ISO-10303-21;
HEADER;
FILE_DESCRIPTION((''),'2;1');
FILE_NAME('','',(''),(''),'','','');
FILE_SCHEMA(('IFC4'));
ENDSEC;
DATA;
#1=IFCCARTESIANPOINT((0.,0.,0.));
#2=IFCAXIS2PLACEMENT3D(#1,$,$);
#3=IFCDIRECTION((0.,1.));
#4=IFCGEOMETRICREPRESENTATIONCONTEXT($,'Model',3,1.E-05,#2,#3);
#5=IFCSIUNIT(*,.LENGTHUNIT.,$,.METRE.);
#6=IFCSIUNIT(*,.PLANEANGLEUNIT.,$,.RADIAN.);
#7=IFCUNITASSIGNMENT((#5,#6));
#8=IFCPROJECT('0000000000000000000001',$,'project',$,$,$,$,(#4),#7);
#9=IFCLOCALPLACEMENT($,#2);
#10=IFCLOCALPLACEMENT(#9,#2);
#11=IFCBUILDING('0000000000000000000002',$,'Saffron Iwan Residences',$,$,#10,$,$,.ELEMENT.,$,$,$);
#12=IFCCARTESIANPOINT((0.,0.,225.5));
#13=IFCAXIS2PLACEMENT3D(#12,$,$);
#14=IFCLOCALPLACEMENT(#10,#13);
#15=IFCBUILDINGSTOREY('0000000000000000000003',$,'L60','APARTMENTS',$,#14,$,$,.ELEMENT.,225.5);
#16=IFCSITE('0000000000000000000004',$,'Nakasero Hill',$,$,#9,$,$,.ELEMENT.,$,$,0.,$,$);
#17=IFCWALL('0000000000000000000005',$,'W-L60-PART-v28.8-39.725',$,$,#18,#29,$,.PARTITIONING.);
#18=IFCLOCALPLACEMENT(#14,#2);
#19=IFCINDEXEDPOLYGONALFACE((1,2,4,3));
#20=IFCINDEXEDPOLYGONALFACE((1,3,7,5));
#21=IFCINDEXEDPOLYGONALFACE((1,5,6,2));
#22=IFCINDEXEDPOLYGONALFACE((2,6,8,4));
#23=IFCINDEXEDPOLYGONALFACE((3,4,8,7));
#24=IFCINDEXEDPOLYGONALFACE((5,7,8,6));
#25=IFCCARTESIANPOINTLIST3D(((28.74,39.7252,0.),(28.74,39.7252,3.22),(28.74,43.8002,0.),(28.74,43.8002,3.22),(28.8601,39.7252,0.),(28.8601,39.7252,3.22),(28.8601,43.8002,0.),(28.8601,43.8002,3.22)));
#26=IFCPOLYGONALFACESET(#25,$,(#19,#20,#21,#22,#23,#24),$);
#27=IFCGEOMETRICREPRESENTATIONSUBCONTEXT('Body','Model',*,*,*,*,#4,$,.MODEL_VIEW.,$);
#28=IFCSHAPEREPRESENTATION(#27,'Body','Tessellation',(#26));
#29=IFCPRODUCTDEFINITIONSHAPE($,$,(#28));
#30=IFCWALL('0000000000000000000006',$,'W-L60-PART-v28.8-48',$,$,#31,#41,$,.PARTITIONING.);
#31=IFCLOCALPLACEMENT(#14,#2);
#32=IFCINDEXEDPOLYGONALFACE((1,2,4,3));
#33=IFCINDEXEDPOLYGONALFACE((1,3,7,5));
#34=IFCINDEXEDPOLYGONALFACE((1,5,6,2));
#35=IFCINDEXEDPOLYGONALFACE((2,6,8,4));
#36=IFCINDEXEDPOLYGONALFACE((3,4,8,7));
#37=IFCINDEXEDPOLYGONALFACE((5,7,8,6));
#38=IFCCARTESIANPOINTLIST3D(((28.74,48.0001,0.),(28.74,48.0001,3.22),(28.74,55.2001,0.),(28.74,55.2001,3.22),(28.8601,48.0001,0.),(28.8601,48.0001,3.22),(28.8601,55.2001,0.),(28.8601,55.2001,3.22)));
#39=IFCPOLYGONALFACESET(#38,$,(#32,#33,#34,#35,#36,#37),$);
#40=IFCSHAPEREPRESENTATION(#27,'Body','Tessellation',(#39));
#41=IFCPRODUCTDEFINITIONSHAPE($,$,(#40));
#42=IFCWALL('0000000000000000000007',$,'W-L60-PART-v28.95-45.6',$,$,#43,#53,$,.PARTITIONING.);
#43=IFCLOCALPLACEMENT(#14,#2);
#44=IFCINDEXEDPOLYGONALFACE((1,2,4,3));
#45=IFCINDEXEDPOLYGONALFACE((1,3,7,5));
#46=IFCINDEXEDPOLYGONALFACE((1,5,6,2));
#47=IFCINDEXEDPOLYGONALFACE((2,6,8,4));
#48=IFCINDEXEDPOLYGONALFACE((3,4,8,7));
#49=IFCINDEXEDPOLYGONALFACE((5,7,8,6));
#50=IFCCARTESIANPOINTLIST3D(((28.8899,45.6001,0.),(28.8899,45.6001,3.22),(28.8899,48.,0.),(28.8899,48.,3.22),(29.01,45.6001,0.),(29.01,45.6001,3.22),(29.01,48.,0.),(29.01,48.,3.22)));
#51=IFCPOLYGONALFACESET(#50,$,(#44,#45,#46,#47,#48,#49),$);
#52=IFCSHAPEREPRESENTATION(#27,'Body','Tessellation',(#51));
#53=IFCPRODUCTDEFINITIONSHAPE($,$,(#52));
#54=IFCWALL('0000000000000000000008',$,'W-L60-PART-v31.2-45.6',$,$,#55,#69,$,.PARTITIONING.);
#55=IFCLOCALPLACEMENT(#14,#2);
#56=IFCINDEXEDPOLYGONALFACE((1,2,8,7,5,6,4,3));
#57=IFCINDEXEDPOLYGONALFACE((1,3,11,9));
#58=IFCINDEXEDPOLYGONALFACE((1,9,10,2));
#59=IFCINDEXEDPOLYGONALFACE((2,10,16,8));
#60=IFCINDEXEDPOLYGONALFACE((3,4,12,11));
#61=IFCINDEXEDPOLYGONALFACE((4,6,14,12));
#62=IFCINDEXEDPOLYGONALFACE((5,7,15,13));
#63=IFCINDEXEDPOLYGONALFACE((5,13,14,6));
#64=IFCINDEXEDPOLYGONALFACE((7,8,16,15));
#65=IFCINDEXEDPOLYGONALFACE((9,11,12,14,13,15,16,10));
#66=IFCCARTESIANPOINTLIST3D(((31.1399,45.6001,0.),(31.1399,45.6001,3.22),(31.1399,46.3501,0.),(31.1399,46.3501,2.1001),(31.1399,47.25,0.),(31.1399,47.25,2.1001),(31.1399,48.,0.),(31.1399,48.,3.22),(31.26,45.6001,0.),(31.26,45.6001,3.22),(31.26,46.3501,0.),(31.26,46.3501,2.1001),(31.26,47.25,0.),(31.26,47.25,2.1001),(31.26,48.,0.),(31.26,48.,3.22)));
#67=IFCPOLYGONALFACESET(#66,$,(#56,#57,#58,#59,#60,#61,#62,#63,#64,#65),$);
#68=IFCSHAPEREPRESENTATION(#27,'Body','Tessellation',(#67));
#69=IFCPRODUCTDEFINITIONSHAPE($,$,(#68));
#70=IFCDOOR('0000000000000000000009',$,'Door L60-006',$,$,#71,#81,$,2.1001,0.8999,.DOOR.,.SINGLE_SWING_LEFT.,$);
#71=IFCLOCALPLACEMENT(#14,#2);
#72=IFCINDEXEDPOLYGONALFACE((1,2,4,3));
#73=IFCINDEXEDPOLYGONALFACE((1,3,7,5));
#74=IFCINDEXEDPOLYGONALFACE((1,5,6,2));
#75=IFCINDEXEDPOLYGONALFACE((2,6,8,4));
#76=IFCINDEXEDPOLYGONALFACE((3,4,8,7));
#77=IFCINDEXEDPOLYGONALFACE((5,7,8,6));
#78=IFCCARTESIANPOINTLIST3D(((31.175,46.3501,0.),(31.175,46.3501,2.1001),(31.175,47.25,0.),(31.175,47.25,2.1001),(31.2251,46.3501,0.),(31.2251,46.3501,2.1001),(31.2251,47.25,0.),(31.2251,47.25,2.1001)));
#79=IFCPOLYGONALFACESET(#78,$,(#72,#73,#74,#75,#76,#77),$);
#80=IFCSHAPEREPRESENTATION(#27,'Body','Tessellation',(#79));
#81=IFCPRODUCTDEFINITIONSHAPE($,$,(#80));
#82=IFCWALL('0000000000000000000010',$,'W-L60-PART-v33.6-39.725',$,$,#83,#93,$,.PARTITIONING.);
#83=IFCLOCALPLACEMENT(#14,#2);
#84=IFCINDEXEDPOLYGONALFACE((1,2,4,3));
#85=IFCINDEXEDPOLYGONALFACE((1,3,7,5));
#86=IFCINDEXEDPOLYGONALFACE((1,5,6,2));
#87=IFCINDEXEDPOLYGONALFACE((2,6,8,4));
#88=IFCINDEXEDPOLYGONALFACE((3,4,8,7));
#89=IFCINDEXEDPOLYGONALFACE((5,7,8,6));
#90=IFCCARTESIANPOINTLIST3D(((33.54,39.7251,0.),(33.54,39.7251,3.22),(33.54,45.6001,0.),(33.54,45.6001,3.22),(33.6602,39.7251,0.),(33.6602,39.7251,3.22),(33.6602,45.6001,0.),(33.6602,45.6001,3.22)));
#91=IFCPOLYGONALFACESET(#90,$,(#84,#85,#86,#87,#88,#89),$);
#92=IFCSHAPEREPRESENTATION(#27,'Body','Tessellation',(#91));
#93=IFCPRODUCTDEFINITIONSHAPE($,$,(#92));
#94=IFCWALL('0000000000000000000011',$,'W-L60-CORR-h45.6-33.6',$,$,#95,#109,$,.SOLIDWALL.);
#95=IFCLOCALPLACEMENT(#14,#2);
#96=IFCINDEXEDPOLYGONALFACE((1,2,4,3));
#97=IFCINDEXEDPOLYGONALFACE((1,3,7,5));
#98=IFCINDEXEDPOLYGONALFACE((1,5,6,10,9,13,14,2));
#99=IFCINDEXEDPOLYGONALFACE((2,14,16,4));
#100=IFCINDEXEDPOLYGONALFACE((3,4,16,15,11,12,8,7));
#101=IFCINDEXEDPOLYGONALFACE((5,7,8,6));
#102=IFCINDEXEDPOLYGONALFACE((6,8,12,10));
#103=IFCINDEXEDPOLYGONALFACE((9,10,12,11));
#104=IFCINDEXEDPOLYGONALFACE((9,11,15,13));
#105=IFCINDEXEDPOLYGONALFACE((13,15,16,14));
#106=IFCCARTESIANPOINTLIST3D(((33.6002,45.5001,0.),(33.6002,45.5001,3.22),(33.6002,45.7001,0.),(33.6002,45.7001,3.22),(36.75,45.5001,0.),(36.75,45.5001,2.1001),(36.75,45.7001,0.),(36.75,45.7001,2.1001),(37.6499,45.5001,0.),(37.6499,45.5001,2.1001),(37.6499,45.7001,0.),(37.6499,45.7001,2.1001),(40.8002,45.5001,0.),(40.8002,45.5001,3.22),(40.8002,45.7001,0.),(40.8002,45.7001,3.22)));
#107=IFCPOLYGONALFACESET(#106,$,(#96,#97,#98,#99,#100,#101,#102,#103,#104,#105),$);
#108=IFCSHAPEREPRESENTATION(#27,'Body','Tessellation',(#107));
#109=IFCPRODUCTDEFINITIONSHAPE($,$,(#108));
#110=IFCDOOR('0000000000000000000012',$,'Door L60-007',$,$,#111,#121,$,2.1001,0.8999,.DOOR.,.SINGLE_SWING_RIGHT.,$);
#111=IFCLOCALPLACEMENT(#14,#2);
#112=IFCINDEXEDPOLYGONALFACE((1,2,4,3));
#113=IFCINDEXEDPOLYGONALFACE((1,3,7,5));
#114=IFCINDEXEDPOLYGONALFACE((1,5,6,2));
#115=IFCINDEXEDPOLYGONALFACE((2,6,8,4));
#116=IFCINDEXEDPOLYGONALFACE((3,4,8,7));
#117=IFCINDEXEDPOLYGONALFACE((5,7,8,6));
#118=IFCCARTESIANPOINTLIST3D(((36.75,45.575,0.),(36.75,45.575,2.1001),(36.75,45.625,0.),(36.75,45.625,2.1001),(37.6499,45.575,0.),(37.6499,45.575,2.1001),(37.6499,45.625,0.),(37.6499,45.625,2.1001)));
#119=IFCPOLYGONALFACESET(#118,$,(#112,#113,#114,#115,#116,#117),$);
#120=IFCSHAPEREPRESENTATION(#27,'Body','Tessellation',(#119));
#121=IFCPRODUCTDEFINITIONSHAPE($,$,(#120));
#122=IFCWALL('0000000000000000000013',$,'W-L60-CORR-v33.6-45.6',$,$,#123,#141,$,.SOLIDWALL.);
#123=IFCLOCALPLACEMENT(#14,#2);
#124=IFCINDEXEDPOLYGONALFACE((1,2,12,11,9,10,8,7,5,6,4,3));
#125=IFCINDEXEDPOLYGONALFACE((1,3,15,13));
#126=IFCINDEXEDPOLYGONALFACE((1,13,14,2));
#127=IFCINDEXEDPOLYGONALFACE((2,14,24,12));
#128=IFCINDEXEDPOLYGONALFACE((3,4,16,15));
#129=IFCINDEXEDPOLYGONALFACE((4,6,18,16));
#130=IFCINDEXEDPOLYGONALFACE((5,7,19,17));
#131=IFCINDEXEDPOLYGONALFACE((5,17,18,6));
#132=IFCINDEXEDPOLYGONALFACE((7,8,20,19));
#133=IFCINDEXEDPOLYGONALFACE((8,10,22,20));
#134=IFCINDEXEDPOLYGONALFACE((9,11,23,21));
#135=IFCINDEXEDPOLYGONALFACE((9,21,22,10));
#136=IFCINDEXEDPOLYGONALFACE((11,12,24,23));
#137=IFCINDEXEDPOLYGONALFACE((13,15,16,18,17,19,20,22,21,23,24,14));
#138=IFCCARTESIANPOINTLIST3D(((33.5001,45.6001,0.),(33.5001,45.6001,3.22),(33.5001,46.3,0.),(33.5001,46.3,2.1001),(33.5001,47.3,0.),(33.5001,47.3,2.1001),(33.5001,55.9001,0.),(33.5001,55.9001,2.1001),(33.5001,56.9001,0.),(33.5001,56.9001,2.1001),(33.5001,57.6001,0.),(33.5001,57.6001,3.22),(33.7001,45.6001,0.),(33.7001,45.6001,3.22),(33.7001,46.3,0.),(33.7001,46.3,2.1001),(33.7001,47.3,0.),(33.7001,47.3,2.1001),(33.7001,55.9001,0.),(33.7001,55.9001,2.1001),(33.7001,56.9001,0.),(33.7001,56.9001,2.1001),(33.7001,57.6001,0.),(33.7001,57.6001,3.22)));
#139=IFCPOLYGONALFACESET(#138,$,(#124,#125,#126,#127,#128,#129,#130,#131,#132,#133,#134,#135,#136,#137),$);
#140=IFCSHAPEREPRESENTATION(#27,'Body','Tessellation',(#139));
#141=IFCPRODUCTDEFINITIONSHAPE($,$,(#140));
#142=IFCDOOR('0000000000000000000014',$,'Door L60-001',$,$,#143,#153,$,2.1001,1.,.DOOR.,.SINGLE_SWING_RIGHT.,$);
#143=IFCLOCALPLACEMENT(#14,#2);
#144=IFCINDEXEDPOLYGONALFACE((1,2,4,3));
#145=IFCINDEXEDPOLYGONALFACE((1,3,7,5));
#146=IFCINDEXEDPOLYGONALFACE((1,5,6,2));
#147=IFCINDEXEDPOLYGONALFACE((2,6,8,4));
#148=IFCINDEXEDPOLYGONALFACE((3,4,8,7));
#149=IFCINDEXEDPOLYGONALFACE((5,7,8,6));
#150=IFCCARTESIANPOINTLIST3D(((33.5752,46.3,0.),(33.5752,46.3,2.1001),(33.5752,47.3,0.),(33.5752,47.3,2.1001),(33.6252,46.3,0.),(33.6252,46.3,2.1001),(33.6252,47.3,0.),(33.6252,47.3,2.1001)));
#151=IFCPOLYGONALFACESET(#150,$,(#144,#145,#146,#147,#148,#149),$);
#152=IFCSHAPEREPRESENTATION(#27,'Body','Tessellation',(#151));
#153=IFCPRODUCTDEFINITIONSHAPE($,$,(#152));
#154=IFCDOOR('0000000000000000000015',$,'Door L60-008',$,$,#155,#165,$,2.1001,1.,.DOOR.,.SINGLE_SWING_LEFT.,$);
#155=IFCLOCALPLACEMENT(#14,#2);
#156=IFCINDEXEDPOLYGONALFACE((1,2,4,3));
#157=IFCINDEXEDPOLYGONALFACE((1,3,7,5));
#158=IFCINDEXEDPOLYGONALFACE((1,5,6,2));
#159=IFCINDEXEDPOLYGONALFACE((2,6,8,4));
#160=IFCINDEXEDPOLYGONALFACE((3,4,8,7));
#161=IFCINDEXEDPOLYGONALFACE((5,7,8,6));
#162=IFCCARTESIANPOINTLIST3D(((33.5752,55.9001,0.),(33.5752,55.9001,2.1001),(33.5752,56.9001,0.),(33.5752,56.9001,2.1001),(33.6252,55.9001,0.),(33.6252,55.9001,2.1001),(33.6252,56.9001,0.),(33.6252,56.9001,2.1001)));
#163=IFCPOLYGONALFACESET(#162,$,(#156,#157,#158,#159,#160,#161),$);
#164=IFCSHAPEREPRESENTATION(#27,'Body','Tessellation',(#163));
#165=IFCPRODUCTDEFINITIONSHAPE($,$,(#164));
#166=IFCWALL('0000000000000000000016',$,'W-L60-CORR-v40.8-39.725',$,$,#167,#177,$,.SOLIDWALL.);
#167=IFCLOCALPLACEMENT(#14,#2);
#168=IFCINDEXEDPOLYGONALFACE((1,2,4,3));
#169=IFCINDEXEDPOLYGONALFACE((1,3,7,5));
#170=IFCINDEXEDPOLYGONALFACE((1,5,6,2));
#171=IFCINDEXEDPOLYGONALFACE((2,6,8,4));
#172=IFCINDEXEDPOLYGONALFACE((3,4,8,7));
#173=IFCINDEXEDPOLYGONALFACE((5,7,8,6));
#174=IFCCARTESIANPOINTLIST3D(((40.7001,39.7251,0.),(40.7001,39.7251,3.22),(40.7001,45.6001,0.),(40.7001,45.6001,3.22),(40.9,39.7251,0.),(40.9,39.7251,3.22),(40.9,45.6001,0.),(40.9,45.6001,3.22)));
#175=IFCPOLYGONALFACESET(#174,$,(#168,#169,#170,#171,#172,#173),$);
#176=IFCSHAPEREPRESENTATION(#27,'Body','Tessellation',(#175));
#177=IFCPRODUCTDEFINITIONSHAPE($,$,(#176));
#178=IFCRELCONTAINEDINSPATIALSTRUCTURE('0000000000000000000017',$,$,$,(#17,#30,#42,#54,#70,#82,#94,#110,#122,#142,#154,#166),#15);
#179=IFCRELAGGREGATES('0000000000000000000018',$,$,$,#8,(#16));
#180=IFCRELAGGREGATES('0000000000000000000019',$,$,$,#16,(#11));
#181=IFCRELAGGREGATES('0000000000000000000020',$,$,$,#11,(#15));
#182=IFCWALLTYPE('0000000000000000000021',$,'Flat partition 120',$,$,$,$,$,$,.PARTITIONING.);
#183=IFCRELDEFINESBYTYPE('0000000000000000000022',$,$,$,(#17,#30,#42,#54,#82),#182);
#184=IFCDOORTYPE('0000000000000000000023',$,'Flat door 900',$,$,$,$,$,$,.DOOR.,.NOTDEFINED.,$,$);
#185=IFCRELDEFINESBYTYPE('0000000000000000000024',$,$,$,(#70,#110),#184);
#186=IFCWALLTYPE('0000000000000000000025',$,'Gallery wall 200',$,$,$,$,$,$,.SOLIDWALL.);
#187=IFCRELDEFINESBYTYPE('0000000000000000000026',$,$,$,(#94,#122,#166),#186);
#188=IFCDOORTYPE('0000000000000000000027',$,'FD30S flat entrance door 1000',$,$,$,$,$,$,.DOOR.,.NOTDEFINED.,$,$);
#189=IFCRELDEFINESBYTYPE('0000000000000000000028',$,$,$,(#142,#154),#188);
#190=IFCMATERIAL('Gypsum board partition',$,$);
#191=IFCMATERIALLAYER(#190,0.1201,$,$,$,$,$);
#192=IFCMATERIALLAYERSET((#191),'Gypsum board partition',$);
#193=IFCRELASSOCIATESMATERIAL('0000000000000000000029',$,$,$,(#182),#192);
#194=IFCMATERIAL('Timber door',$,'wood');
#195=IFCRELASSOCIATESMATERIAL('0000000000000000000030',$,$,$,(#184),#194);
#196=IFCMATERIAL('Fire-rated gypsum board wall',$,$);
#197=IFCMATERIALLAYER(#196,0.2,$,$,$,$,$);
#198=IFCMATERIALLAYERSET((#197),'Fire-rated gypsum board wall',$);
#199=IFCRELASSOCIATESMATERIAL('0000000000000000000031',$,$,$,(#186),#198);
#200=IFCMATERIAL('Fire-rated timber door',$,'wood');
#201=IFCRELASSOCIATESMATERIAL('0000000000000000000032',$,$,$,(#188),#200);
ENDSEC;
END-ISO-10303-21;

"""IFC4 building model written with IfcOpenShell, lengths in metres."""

from ifc_helpers import new_model, si_unit, direction, frame, frame_2d, origin, place, context, subcontext, project, spatial, rectangle, extrude, material, layer, layer_set, type_object, element, fill, save


model = new_model("IFC4")

# Units and contexts
model_context = context("Model", 3, precision=1e-05, world=origin(), true_north=direction((0.0, 1.0)))
body_context = subcontext(model_context, "Body", "Model", "MODEL_VIEW")
ifc_project = project(units=[si_unit("LENGTHUNIT", "METRE"), si_unit("PLANEANGLEUNIT", "RADIAN")], contexts=[model_context])

# Site, building, storey
site_placement = place(None, origin())
site = spatial("IfcSite", under=ifc_project, at=site_placement, Name="Nakasero Hill", CompositionType="ELEMENT", RefElevation=0.0)
building_placement = place(site_placement, origin())
building = spatial("IfcBuilding", under=site, at=building_placement, Name="Saffron Iwan Residences", CompositionType="ELEMENT")
storey_placement = place(building_placement, frame((0.0, 0.0, 225.5)))
storey = spatial("IfcBuildingStorey", under=building, at=storey_placement, Name="L60", Description="APARTMENTS", CompositionType="ELEMENT", Elevation=225.5)

# Walls
ifc_material_1 = material(Name="Gypsum board partition")
ifc_layer_1 = layer(ifc_material_1, 0.1201)
ifc_layer_set_1 = layer_set([ifc_layer_1], Name="Gypsum board partition")
wall_type_1 = type_object("IfcWallType", Name="Flat partition 120", PredefinedType="PARTITIONING", material=ifc_layer_set_1)
wall_1_placement = place(storey_placement, frame((28.8, 39.7251, 0.0), z_axis=(0.0, 0.0, 1.0), x_axis=(0.0, 1.0, 0.0)))
element("IfcWall", 1, at=wall_1_placement, inside=storey, type_object=wall_type_1, Name="W-L60-PART-v28.8-39.725", PredefinedType="PARTITIONING", context=body_context, shape_type="SweptSolid", body=[
    extrude(rectangle(XDim=4.075, YDim=0.1201, at=frame_2d((2.0376, 0.0))), origin(), (0.0, 0.0, 1.0), 3.22),
])
wall_2_placement = place(storey_placement, frame((28.8, 48.0, 0.0), z_axis=(0.0, 0.0, 1.0), x_axis=(0.0, 1.0, 0.0)))
element("IfcWall", 2, at=wall_2_placement, inside=storey, type_object=wall_type_1, Name="W-L60-PART-v28.8-48", PredefinedType="PARTITIONING", context=body_context, shape_type="SweptSolid", body=[
    extrude(rectangle(XDim=7.2, YDim=0.1201, at=frame_2d((3.6001, 0.0))), origin(), (0.0, 0.0, 1.0), 3.22),
])
wall_3_placement = place(storey_placement, frame((28.95, 45.6001, 0.0), z_axis=(0.0, 0.0, 1.0), x_axis=(0.0, 1.0, 0.0)))
element("IfcWall", 3, at=wall_3_placement, inside=storey, type_object=wall_type_1, Name="W-L60-PART-v28.95-45.6", PredefinedType="PARTITIONING", context=body_context, shape_type="SweptSolid", body=[
    extrude(rectangle(XDim=2.3999, YDim=0.1201, at=frame_2d((1.2, 0.0))), origin(), (0.0, 0.0, 1.0), 3.22),
])

# Wall, opening, door
wall_4_placement = place(storey_placement, frame((31.2, 45.6001, 0.0), z_axis=(0.0, 0.0, 1.0), x_axis=(0.0, 1.0, 0.0)))
wall_4 = element("IfcWall", 4, at=wall_4_placement, inside=storey, type_object=wall_type_1, Name="W-L60-PART-v31.2-45.6", PredefinedType="PARTITIONING", context=body_context, shape_type="SweptSolid", body=[
    extrude(rectangle(XDim=2.3999, YDim=0.1201, at=frame_2d((1.2, 0.0))), origin(), (0.0, 0.0, 1.0), 3.22),
])
opening_1_placement = place(wall_4_placement, frame((0.75, 0.0, 0.0)))
opening_1 = element("IfcOpeningElement", 5, at=opening_1_placement, cuts=wall_4, PredefinedType="OPENING", context=body_context, shape_type="SweptSolid", body=[
    extrude(rectangle(XDim=0.8999, YDim=2.1001, at=frame_2d((0.45, 1.05))), frame((0.0, 0.0701, 0.0), z_axis=(0.0, -1.0, 0.0), x_axis=(1.0, 0.0, 0.0)), (0.0, 0.0, 1.0), 0.1401),
])
ifc_material_2 = material(Name="Timber door", Category="wood")
door_type_1 = type_object("IfcDoorType", Name="Flat door 900", OperationType="NOTDEFINED", PredefinedType="DOOR", material=ifc_material_2)
door_1_placement = place(opening_1_placement, origin())
door_1 = element("IfcDoor", 6, at=door_1_placement, inside=storey, type_object=door_type_1, Name="Door L60-006", OperationType="SINGLE_SWING_LEFT", OverallHeight=2.1001, OverallWidth=0.8999, PredefinedType="DOOR", context=body_context, shape_type="SweptSolid", body=[
    extrude(rectangle(XDim=0.8999, YDim=2.1001, at=frame_2d((0.45, 1.05))), frame((0.0, 0.0249, 0.0), z_axis=(0.0, -1.0, 0.0), x_axis=(1.0, 0.0, 0.0)), (0.0, 0.0, 1.0), 0.05),
])
fill(opening_1, door_1)

# Wall
wall_5_placement = place(storey_placement, frame((33.6001, 39.7251, 0.0), z_axis=(0.0, 0.0, 1.0), x_axis=(0.0, 1.0, 0.0)))
element("IfcWall", 7, at=wall_5_placement, inside=storey, type_object=wall_type_1, Name="W-L60-PART-v33.6-39.725", PredefinedType="PARTITIONING", context=body_context, shape_type="SweptSolid", body=[
    extrude(rectangle(XDim=5.875, YDim=0.1201, at=frame_2d((2.9375, 0.0))), origin(), (0.0, 0.0, 1.0), 3.22),
])

# Wall, opening, door
ifc_material_3 = material(Name="Fire-rated gypsum board wall")
ifc_layer_2 = layer(ifc_material_3, 0.2)
ifc_layer_set_2 = layer_set([ifc_layer_2], Name="Fire-rated gypsum board wall")
wall_type_2 = type_object("IfcWallType", Name="Gallery wall 200", PredefinedType="SOLIDWALL", material=ifc_layer_set_2)
wall_6_placement = place(storey_placement, frame((33.6001, 45.6001, 0.0), z_axis=(0.0, 0.0, 1.0), x_axis=(1.0, 0.0, 0.0)))
wall_6 = element("IfcWall", 8, at=wall_6_placement, inside=storey, type_object=wall_type_2, Name="W-L60-CORR-h45.6-33.6", PredefinedType="SOLIDWALL", context=body_context, shape_type="SweptSolid", body=[
    extrude(rectangle(XDim=7.2, YDim=0.2, at=frame_2d((3.6001, 0.0))), origin(), (0.0, 0.0, 1.0), 3.22),
])
opening_2_placement = place(wall_6_placement, frame((3.1499, 0.0, 0.0)))
opening_2 = element("IfcOpeningElement", 9, at=opening_2_placement, cuts=wall_6, PredefinedType="OPENING", context=body_context, shape_type="SweptSolid", body=[
    extrude(rectangle(XDim=0.8999, YDim=2.1001, at=frame_2d((0.45, 1.05))), frame((0.0, 0.1099, 0.0), z_axis=(0.0, -1.0, 0.0), x_axis=(1.0, 0.0, 0.0)), (0.0, 0.0, 1.0), 0.22),
])
door_2_placement = place(opening_2_placement, origin())
door_2 = element("IfcDoor", 10, at=door_2_placement, inside=storey, type_object=door_type_1, Name="Door L60-007", OperationType="SINGLE_SWING_RIGHT", OverallHeight=2.1001, OverallWidth=0.8999, PredefinedType="DOOR", context=body_context, shape_type="SweptSolid", body=[
    extrude(rectangle(XDim=0.8999, YDim=2.1001, at=frame_2d((0.45, 1.05))), frame((0.0, 0.0249, 0.0), z_axis=(0.0, -1.0, 0.0), x_axis=(1.0, 0.0, 0.0)), (0.0, 0.0, 1.0), 0.05),
])
fill(opening_2, door_2)

# Wall, openings, doors
wall_7_placement = place(storey_placement, frame((33.6001, 45.6001, 0.0), z_axis=(0.0, 0.0, 1.0), x_axis=(0.0, 1.0, 0.0)))
wall_7 = element("IfcWall", 11, at=wall_7_placement, inside=storey, type_object=wall_type_2, Name="W-L60-CORR-v33.6-45.6", PredefinedType="SOLIDWALL", context=body_context, shape_type="SweptSolid", body=[
    extrude(rectangle(XDim=12.0, YDim=0.2, at=frame_2d((6.0, 0.0))), origin(), (0.0, 0.0, 1.0), 3.22),
])
opening_3_placement = place(wall_7_placement, frame((0.7, 0.0, 0.0)))
opening_3 = element("IfcOpeningElement", 12, at=opening_3_placement, cuts=wall_7, PredefinedType="OPENING", context=body_context, shape_type="SweptSolid", body=[
    extrude(rectangle(XDim=1.0, YDim=2.1001, at=frame_2d((0.5, 1.05))), frame((0.0, 0.1099, 0.0), z_axis=(0.0, -1.0, 0.0), x_axis=(1.0, 0.0, 0.0)), (0.0, 0.0, 1.0), 0.22),
])
opening_4_placement = place(wall_7_placement, frame((10.3, 0.0, 0.0)))
opening_4 = element("IfcOpeningElement", 13, at=opening_4_placement, cuts=wall_7, PredefinedType="OPENING", context=body_context, shape_type="SweptSolid", body=[
    extrude(rectangle(XDim=1.0, YDim=2.1001, at=frame_2d((0.5, 1.05))), frame((0.0, 0.1099, 0.0), z_axis=(0.0, -1.0, 0.0), x_axis=(1.0, 0.0, 0.0)), (0.0, 0.0, 1.0), 0.22),
])
ifc_material_4 = material(Name="Fire-rated timber door", Category="wood")
door_type_2 = type_object("IfcDoorType", Name="FD30S flat entrance door 1000", OperationType="NOTDEFINED", PredefinedType="DOOR", material=ifc_material_4)
door_3_placement = place(opening_3_placement, origin())
door_3 = element("IfcDoor", 14, at=door_3_placement, inside=storey, type_object=door_type_2, Name="Door L60-001", OperationType="SINGLE_SWING_RIGHT", OverallHeight=2.1001, OverallWidth=1.0, PredefinedType="DOOR", context=body_context, shape_type="SweptSolid", body=[
    extrude(rectangle(XDim=1.0, YDim=2.1001, at=frame_2d((0.5, 1.05))), frame((0.0, 0.0249, 0.0), z_axis=(0.0, -1.0, 0.0), x_axis=(1.0, 0.0, 0.0)), (0.0, 0.0, 1.0), 0.05),
])
fill(opening_3, door_3)
door_4_placement = place(opening_4_placement, origin())
door_4 = element("IfcDoor", 15, at=door_4_placement, inside=storey, type_object=door_type_2, Name="Door L60-008", OperationType="SINGLE_SWING_LEFT", OverallHeight=2.1001, OverallWidth=1.0, PredefinedType="DOOR", context=body_context, shape_type="SweptSolid", body=[
    extrude(rectangle(XDim=1.0, YDim=2.1001, at=frame_2d((0.5, 1.05))), frame((0.0, 0.0249, 0.0), z_axis=(0.0, -1.0, 0.0), x_axis=(1.0, 0.0, 0.0)), (0.0, 0.0, 1.0), 0.05),
])
fill(opening_4, door_4)

# Wall
wall_8_placement = place(storey_placement, frame((40.8, 39.7251, 0.0), z_axis=(0.0, 0.0, 1.0), x_axis=(0.0, 1.0, 0.0)))
element("IfcWall", 16, at=wall_8_placement, inside=storey, type_object=wall_type_2, Name="W-L60-CORR-v40.8-39.725", PredefinedType="SOLIDWALL", context=body_context, shape_type="SweptSolid", body=[
    extrude(rectangle(XDim=5.875, YDim=0.2, at=frame_2d((2.9375, 0.0))), origin(), (0.0, 0.0, 1.0), 3.22),
])

save(model, "model.ifc")
